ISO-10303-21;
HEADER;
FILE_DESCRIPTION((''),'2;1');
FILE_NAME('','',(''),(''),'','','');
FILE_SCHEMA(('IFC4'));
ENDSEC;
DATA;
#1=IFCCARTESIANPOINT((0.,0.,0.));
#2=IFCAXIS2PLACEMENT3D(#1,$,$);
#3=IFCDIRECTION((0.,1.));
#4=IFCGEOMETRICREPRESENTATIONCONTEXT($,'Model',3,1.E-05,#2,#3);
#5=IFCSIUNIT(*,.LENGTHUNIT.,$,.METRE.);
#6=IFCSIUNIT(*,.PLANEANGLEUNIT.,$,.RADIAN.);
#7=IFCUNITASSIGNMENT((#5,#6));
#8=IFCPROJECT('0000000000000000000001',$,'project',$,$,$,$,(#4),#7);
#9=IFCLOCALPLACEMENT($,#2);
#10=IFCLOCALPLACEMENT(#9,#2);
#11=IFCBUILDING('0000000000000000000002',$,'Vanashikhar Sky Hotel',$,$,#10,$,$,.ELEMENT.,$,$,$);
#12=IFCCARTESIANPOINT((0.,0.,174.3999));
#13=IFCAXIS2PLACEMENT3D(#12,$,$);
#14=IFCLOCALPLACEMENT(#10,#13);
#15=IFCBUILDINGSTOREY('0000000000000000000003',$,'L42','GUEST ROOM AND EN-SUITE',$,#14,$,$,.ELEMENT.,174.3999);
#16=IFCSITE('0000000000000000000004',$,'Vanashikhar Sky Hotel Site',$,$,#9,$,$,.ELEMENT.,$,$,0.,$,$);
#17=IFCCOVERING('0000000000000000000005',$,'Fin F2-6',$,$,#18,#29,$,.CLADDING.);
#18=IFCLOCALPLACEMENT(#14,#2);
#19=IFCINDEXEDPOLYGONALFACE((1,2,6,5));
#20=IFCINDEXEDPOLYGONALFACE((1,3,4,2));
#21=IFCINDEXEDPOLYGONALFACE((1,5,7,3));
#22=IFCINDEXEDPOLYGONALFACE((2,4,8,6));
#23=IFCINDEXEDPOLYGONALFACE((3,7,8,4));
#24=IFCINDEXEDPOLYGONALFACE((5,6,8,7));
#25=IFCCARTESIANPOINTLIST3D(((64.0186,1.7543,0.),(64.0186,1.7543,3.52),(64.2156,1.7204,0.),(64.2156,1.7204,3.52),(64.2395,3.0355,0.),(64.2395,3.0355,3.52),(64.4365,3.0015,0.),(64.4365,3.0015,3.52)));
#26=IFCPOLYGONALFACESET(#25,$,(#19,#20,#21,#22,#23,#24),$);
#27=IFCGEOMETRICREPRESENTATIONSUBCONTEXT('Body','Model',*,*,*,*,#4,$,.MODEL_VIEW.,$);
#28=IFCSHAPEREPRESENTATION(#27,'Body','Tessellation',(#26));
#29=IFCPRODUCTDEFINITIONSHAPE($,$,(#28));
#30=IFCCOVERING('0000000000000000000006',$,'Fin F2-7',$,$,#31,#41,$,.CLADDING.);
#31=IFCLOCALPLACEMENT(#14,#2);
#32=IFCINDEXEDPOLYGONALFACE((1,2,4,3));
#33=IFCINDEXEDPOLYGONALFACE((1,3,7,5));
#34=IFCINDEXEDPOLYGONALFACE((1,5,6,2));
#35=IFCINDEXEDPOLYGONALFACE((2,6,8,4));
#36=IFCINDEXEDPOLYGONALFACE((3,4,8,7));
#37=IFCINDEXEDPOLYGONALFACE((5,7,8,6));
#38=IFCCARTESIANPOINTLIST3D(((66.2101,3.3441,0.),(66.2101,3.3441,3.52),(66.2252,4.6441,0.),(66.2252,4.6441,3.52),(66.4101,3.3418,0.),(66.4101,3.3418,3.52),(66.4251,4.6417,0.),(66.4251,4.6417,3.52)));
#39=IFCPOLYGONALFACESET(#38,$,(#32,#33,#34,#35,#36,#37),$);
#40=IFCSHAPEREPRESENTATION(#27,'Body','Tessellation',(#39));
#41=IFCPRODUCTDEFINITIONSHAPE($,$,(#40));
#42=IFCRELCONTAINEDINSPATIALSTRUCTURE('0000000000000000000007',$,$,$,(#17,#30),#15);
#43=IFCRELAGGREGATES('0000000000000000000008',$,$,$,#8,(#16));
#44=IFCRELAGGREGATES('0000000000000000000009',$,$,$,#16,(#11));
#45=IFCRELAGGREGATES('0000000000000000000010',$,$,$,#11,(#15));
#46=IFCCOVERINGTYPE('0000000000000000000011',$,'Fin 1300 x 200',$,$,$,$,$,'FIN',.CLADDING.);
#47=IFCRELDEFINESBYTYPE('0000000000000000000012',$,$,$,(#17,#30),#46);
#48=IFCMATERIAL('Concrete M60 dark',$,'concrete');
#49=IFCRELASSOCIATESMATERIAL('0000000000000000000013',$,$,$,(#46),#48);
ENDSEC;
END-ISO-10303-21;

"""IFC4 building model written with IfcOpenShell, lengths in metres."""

from ifc_helpers import new_model, si_unit, direction, frame, origin, origin_2d, place, context, subcontext, project, spatial, rectangle, extrude, source, transform, mapped, material, material_profile, profile_set, type_object, element, save


model = new_model("IFC4")

# Units and contexts
model_context = context("Model", 3, precision=1e-05, world=origin(), true_north=direction((0.0, 1.0)))
body_context = subcontext(model_context, "Body", "Model", "MODEL_VIEW")
ifc_project = project(units=[si_unit("LENGTHUNIT", "METRE"), si_unit("PLANEANGLEUNIT", "RADIAN")], contexts=[model_context])

# Site, building, storey
site_placement = place(None, origin())
site = spatial("IfcSite", under=ifc_project, at=site_placement, Name="Vanashikhar Sky Hotel Site", CompositionType="ELEMENT", RefElevation=0.0)
building_placement = place(site_placement, origin())
building = spatial("IfcBuilding", under=site, at=building_placement, Name="Vanashikhar Sky Hotel", CompositionType="ELEMENT")
storey_placement = place(building_placement, frame((0.0, 0.0, 174.3999)))
storey = spatial("IfcBuildingStorey", under=building, at=storey_placement, Name="L42", Description="GUEST ROOM AND EN-SUITE", CompositionType="ELEMENT", Elevation=174.3999)

# Coverings
ifc_material_1 = material(Name="Concrete M60 dark", Category="concrete")
ifc_material_profile_1 = material_profile(ifc_material_1, rectangle(XDim=1.3, YDim=0.2, at=origin_2d()))
ifc_profile_set_1 = profile_set([ifc_material_profile_1], Name="Fin 1300 x 200")
covering_type_1 = type_object("IfcCoveringType", Name="Fin 1300 x 200", ElementType="FIN", PredefinedType="CLADDING", material=ifc_profile_set_1)
shared_shape_1 = source(origin(), body_context, "Body", "SweptSolid", [
    extrude(rectangle(XDim=1.3, YDim=0.2, at=origin_2d()), origin(), (0.0, 0.0, 1.0), 3.52),
])
for number, where, z_axis, x_axis, name in (
    (1, (64.2275, 2.3779, 0.0), (0.0, 0.0, 1.0), (-0.1699, -0.985461, 0.0), "Fin F2-6"),
    (2, (66.3176, 3.9929, 0.0), (0.0, 0.0, 1.0), (-0.011589, -0.999933, 0.0), "Fin F2-7"),
):
    element("IfcCovering", number, at=place(storey_placement, frame(where, z_axis=z_axis, x_axis=x_axis)), inside=storey, type_object=covering_type_1, Name=name, PredefinedType="CLADDING", context=body_context, shape_type="MappedRepresentation", body=[
        mapped(shared_shape_1, transform((0.0, 0.0, 0.0), scale=1.0)),
    ])

save(model, "model.ifc")
